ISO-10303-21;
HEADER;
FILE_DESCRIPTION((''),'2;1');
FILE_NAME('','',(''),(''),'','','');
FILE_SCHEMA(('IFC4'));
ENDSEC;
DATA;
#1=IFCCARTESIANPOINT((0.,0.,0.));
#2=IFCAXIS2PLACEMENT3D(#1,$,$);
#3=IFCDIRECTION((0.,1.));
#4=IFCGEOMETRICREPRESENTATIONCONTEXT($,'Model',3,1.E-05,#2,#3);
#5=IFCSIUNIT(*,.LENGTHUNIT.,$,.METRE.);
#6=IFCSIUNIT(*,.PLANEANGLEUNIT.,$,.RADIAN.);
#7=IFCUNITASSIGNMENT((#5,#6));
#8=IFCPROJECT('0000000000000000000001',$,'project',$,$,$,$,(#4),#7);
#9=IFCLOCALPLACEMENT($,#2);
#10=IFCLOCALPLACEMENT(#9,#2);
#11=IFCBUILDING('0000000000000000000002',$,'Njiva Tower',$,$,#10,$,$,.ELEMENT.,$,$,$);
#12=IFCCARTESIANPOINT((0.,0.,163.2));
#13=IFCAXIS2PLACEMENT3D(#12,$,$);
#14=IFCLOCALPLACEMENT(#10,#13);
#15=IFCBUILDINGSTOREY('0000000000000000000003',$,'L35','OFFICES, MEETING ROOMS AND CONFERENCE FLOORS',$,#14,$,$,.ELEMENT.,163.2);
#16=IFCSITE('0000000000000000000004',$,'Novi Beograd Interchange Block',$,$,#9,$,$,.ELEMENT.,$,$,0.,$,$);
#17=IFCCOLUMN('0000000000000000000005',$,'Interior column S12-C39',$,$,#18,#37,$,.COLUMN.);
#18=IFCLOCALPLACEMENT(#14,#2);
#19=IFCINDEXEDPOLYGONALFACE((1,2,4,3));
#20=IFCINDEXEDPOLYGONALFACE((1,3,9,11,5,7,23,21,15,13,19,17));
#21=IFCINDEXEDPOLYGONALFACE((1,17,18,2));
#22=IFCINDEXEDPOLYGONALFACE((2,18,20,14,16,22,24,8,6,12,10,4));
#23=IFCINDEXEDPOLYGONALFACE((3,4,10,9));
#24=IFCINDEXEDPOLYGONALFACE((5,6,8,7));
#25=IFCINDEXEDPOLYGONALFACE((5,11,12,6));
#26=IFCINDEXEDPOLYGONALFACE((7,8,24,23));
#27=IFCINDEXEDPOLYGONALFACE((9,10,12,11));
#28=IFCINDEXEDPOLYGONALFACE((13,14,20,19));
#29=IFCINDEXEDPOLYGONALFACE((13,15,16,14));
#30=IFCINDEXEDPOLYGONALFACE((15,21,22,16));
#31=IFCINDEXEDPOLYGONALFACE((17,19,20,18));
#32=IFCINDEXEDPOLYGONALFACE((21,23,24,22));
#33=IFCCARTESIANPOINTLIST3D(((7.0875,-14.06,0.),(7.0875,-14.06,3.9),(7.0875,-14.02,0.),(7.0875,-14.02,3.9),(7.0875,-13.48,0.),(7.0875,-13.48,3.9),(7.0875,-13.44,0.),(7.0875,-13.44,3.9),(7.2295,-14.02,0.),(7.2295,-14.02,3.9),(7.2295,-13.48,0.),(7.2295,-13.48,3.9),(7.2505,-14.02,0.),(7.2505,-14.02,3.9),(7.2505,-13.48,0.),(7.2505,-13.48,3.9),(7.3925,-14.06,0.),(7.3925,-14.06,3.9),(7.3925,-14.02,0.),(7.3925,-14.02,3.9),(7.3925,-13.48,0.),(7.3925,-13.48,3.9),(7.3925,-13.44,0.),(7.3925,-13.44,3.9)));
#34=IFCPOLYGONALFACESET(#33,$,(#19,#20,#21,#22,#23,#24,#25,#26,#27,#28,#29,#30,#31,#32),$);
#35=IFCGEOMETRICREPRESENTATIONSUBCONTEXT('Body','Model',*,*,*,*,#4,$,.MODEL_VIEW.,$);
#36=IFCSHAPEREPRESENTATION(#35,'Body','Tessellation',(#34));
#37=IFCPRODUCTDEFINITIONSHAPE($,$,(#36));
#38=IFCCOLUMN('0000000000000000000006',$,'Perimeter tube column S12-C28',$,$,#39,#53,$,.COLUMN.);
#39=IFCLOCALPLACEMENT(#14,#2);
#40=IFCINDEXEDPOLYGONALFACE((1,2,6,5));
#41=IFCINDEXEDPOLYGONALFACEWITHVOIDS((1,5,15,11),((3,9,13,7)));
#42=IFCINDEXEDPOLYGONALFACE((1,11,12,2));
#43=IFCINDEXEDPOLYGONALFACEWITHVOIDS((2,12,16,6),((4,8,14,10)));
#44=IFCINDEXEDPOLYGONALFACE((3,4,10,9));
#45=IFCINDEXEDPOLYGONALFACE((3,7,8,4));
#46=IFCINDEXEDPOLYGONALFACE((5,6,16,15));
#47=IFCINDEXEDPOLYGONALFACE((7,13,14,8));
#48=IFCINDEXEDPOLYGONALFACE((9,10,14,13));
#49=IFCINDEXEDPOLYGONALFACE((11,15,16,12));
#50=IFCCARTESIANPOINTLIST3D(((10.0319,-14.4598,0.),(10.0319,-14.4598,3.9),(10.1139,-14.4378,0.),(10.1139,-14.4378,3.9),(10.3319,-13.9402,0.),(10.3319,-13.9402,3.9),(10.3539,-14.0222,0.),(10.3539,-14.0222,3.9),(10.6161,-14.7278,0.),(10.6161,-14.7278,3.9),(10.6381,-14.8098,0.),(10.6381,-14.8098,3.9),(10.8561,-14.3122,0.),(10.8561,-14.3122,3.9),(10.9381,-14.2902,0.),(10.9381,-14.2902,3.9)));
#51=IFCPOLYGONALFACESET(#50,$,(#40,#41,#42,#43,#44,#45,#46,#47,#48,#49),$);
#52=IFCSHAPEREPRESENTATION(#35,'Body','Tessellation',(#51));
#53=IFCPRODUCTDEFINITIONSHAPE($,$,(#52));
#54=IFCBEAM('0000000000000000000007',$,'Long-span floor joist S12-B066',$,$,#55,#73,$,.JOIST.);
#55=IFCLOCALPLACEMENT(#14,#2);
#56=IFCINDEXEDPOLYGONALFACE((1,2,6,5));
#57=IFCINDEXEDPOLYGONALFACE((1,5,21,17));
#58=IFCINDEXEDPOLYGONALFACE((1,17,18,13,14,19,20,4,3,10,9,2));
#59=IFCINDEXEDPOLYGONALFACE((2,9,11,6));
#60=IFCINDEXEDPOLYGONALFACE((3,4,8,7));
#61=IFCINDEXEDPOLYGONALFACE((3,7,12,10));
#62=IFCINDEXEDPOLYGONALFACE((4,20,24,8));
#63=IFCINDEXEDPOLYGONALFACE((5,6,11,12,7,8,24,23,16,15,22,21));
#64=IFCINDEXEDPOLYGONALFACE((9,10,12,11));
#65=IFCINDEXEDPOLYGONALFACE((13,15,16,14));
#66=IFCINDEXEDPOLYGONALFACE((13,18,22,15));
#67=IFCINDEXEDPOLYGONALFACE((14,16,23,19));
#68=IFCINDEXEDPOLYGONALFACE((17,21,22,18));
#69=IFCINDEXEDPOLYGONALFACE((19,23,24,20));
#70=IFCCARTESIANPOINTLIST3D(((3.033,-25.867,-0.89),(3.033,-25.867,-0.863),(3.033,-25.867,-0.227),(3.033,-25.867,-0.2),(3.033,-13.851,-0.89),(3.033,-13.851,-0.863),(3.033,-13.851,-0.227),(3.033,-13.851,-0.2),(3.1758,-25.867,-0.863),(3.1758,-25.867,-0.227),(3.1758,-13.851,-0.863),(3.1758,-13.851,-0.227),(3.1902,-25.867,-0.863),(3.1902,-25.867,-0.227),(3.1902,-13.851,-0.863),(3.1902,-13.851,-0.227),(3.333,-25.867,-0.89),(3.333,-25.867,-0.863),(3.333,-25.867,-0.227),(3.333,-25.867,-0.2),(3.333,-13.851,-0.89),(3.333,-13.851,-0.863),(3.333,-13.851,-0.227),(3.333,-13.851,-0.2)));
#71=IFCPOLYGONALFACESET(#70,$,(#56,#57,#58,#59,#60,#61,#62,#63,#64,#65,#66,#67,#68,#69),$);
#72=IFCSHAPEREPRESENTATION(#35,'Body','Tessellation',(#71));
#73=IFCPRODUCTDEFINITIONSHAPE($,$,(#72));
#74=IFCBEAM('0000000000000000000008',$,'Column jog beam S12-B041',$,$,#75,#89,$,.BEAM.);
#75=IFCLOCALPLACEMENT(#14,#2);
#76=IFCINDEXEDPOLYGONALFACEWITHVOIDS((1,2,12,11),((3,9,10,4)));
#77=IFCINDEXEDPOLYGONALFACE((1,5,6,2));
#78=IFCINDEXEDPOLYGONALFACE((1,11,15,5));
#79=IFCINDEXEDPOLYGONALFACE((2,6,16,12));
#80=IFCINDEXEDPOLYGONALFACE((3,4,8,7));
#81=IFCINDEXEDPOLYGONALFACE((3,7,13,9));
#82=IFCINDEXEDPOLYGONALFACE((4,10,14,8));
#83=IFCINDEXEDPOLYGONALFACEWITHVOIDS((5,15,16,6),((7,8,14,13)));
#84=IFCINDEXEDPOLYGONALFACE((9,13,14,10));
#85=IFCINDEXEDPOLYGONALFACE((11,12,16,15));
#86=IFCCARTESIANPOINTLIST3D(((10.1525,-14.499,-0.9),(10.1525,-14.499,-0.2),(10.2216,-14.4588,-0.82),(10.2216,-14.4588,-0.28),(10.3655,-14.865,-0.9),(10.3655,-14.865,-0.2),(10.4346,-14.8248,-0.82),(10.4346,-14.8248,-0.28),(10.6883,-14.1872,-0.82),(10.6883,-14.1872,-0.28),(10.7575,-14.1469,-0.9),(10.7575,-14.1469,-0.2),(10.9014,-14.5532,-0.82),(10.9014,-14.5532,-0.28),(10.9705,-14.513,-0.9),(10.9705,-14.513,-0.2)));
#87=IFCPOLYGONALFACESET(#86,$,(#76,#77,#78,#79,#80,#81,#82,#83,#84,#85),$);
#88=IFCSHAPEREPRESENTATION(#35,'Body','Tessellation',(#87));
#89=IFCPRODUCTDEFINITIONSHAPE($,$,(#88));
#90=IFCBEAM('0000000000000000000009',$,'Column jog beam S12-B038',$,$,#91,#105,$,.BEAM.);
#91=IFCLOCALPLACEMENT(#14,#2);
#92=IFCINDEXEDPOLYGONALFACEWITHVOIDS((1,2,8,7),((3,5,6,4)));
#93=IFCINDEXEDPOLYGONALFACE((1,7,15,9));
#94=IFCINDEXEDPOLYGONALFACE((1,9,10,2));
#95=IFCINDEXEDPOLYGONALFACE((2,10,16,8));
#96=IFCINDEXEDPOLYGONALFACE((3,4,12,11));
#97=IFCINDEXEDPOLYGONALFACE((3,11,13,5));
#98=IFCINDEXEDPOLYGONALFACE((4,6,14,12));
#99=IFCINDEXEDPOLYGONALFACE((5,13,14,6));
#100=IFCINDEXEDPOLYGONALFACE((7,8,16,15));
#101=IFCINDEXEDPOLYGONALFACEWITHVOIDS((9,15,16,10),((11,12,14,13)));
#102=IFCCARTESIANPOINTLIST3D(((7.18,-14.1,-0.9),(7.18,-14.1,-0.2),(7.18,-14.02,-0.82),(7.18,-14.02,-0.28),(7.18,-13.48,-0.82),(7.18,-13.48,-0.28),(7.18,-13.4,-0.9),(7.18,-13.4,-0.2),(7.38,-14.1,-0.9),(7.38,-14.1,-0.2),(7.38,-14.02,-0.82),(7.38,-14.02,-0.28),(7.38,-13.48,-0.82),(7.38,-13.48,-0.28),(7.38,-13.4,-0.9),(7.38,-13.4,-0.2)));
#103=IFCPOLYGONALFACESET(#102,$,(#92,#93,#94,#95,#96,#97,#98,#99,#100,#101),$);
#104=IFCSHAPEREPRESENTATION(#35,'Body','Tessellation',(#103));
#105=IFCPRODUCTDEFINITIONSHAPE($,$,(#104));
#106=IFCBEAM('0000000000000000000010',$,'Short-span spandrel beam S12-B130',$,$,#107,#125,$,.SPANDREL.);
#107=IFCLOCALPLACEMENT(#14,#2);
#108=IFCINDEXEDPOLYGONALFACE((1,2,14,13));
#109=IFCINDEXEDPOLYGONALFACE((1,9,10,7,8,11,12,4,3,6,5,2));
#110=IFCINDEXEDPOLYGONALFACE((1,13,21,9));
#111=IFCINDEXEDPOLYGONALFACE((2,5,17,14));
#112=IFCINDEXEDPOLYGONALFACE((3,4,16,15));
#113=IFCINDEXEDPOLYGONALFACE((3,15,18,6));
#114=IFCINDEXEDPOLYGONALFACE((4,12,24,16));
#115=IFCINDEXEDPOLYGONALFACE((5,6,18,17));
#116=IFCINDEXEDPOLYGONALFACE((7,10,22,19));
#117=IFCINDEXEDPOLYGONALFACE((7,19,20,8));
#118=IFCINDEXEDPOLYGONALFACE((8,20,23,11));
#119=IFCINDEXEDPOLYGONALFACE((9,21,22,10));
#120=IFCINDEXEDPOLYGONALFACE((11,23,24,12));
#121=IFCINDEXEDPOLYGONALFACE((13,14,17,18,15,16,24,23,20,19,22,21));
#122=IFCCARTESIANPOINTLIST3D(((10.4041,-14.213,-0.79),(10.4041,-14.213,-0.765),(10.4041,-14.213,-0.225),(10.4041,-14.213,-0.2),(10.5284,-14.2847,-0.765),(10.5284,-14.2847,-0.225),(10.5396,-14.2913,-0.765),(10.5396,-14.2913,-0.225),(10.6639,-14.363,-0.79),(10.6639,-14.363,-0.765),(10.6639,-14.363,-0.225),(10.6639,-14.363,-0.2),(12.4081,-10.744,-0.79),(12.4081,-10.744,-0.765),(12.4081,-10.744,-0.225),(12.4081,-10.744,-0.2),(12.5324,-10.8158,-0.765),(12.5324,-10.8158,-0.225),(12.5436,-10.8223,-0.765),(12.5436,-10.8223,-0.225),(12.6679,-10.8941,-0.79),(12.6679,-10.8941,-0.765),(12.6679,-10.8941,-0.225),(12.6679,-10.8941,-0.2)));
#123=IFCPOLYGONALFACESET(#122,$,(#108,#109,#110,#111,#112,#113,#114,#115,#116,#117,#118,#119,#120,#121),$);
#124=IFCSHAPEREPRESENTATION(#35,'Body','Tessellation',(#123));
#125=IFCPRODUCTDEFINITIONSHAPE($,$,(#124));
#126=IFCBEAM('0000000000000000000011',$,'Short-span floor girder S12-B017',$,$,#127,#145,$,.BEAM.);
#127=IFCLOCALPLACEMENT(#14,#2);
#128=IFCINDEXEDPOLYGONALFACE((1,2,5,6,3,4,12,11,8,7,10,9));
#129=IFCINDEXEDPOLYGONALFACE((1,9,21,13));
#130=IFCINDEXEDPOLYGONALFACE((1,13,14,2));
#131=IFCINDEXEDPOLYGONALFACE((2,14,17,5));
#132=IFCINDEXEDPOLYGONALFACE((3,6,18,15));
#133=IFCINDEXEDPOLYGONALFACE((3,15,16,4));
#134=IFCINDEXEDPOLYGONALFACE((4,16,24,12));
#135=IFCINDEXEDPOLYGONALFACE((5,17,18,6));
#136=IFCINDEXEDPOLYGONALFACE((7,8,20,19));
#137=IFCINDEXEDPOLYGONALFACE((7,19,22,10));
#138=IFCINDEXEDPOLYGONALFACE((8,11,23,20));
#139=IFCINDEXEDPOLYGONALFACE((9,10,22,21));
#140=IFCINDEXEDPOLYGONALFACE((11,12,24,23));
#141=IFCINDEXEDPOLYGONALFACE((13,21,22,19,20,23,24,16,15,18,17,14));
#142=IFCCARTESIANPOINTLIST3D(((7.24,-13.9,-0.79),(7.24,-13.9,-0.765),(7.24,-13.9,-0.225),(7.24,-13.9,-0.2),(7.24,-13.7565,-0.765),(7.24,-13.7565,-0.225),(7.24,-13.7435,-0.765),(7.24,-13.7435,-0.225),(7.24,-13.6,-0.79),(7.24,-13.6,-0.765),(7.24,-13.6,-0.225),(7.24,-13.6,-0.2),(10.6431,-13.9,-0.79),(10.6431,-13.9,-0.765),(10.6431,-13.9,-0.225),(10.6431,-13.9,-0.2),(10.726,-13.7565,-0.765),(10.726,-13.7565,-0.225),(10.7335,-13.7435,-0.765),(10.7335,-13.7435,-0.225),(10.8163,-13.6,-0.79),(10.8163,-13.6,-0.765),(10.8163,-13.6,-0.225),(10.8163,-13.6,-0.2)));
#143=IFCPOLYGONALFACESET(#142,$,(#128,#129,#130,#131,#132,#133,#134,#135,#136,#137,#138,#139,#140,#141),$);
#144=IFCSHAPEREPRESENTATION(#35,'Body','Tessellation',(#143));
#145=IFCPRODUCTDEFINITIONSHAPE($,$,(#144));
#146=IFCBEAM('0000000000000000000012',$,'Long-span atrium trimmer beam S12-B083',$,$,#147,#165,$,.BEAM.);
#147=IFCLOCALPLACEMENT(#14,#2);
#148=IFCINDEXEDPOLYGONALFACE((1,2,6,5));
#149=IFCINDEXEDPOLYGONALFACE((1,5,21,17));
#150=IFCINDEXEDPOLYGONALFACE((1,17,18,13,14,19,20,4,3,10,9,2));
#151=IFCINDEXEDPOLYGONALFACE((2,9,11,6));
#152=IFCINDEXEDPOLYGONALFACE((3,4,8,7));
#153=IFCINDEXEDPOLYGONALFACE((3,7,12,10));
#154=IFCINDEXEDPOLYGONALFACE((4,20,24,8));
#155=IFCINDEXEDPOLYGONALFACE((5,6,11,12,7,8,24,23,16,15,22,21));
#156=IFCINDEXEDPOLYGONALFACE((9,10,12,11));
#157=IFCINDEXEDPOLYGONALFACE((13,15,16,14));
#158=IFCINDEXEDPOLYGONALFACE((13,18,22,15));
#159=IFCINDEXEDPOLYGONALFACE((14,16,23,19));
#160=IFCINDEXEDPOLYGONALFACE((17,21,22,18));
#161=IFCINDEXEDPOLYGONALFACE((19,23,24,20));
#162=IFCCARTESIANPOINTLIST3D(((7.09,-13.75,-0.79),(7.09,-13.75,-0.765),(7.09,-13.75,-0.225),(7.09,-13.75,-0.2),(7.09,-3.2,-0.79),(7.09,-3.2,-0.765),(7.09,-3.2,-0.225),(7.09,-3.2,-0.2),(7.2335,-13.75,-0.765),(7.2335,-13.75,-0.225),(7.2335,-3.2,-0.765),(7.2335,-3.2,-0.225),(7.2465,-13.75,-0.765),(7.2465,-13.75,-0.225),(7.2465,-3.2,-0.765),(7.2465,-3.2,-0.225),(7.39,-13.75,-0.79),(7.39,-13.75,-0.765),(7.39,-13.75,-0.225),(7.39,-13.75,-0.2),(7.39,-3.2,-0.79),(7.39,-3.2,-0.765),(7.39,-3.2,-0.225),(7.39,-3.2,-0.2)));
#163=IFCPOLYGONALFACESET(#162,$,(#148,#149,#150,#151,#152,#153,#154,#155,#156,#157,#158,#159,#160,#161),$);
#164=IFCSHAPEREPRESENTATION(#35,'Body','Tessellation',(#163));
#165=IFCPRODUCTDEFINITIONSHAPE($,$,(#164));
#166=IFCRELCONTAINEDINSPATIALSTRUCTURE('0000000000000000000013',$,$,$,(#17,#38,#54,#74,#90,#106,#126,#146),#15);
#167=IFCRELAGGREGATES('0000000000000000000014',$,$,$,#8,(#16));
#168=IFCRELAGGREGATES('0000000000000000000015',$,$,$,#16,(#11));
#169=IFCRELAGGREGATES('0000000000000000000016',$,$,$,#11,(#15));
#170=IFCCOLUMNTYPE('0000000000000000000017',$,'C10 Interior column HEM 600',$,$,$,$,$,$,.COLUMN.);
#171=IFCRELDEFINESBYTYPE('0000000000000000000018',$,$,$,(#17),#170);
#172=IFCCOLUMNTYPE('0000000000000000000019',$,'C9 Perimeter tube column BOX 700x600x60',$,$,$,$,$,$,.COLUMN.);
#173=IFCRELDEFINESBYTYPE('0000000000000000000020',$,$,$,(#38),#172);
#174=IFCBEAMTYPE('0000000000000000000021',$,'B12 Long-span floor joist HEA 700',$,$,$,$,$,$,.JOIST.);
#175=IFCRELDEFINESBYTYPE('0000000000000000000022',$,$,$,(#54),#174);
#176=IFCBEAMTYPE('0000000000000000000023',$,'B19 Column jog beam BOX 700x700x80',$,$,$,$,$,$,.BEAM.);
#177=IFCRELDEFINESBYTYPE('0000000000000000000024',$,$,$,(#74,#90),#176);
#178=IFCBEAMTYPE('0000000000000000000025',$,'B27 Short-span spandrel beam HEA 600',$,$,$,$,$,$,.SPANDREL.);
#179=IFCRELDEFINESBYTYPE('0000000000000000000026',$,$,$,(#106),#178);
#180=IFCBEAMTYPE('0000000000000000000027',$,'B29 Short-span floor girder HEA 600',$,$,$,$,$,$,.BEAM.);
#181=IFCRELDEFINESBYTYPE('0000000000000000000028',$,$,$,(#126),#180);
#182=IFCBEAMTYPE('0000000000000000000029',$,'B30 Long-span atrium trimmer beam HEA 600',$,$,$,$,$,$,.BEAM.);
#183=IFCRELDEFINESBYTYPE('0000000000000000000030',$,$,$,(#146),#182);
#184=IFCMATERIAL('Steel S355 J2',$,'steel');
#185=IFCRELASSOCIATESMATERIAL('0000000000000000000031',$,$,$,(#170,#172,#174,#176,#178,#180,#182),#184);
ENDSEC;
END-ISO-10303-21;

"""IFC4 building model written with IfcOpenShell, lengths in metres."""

from ifc_helpers import new_model, si_unit, direction, frame, origin, origin_2d, place, context, subcontext, project, spatial, hollow_rectangle, i_section, extrude, clip, halfspace, material, material_profile, profile_set, type_object, element, save


model = new_model("IFC4")

# Units and contexts
model_context = context("Model", 3, precision=1e-05, world=origin(), true_north=direction((0.0, 1.0)))
body_context = subcontext(model_context, "Body", "Model", "MODEL_VIEW")
ifc_project = project(units=[si_unit("LENGTHUNIT", "METRE"), si_unit("PLANEANGLEUNIT", "RADIAN")], contexts=[model_context])

# Site, building, storey
site_placement = place(None, origin())
site = spatial("IfcSite", under=ifc_project, at=site_placement, Name="Novi Beograd Interchange Block", CompositionType="ELEMENT", RefElevation=0.0)
building_placement = place(site_placement, origin())
building = spatial("IfcBuilding", under=site, at=building_placement, Name="Njiva Tower", CompositionType="ELEMENT")
storey_placement = place(building_placement, frame((0.0, 0.0, 163.2)))
storey = spatial("IfcBuildingStorey", under=building, at=storey_placement, Name="L35", Description="OFFICES, MEETING ROOMS AND CONFERENCE FLOORS", CompositionType="ELEMENT", Elevation=163.2)

# Columns
ifc_material_1 = material(Name="Steel S355 J2", Category="steel")
ifc_material_profile_1 = material_profile(ifc_material_1, i_section(OverallWidth=0.305, OverallDepth=0.62, WebThickness=0.021, FlangeThickness=0.04, at=origin_2d()), Name="HEM 600")
ifc_profile_set_1 = profile_set([ifc_material_profile_1], Name="Steel S355 J2")
column_type_1 = type_object("IfcColumnType", Name="C10 Interior column HEM 600", PredefinedType="COLUMN", material=ifc_profile_set_1)
column_1_placement = place(storey_placement, frame((7.24, -13.75, 0.0), z_axis=(0.0, 0.0, 1.0), x_axis=(1.0, 0.0, 0.0)))
element("IfcColumn", 1, at=column_1_placement, inside=storey, type_object=column_type_1, Name="Interior column S12-C39", PredefinedType="COLUMN", context=body_context, shape_type="SweptSolid", body=[
    extrude(i_section(OverallWidth=0.305, OverallDepth=0.62, WebThickness=0.021, FlangeThickness=0.04, at=origin_2d()), origin(), (0.0, 0.0, 1.0), 3.9),
])
ifc_material_profile_2 = material_profile(ifc_material_1, hollow_rectangle(XDim=0.6, YDim=0.7, WallThickness=0.06, at=origin_2d()), Name="BOX 700x600x60")
ifc_profile_set_2 = profile_set([ifc_material_profile_2], Name="Steel S355 J2")
column_type_2 = type_object("IfcColumnType", Name="C9 Perimeter tube column BOX 700x600x60", PredefinedType="COLUMN", material=ifc_profile_set_2)
column_2_placement = place(storey_placement, frame((10.485, -14.375, 0.0), z_axis=(0.0, 0.0, 1.0), x_axis=(0.5, 0.866025, 0.0)))
element("IfcColumn", 2, at=column_2_placement, inside=storey, type_object=column_type_2, Name="Perimeter tube column S12-C28", PredefinedType="COLUMN", context=body_context, shape_type="SweptSolid", body=[
    extrude(hollow_rectangle(XDim=0.6, YDim=0.7, WallThickness=0.06, at=origin_2d()), origin(), (0.0, 0.0, 1.0), 3.9),
])

# Beams
ifc_material_profile_3 = material_profile(ifc_material_1, i_section(OverallWidth=0.3, OverallDepth=0.69, WebThickness=0.0145, FlangeThickness=0.027, at=origin_2d()), Name="HEA 700")
ifc_profile_set_3 = profile_set([ifc_material_profile_3], Name="Steel S355 J2")
beam_type_1 = type_object("IfcBeamType", Name="B12 Long-span floor joist HEA 700", PredefinedType="JOIST", material=ifc_profile_set_3)
beam_1_placement = place(storey_placement, frame((3.183, -13.851, -0.545), z_axis=(0.0, -1.0, 0.0), x_axis=(1.0, 0.0, 0.0)))
element("IfcBeam", 3, at=beam_1_placement, inside=storey, type_object=beam_type_1, Name="Long-span floor joist S12-B066", PredefinedType="JOIST", context=body_context, shape_type="SweptSolid", body=[
    extrude(i_section(OverallWidth=0.3, OverallDepth=0.69, WebThickness=0.0145, FlangeThickness=0.027, at=origin_2d()), origin(), (0.0, 0.0, 1.0), 12.016),
])
ifc_material_profile_4 = material_profile(ifc_material_1, hollow_rectangle(XDim=0.7, YDim=0.7, WallThickness=0.08, at=origin_2d()), Name="BOX 700x700x80")
ifc_profile_set_4 = profile_set([ifc_material_profile_4], Name="Steel S355 J2")
beam_type_2 = type_object("IfcBeamType", Name="B19 Column jog beam BOX 700x700x80", PredefinedType="BEAM", material=ifc_profile_set_4)
beam_2_placement = place(storey_placement, frame((10.668, -14.689, -0.55), z_axis=(-0.50299, 0.864292, 0.0), x_axis=(-0.864292, -0.50299, 0.0)))
element("IfcBeam", 4, at=beam_2_placement, inside=storey, type_object=beam_type_2, Name="Column jog beam S12-B041", PredefinedType="BEAM", context=body_context, shape_type="SweptSolid", body=[
    extrude(hollow_rectangle(XDim=0.7, YDim=0.7, WallThickness=0.08, at=origin_2d()), origin(), (0.0, 0.0, 1.0), 0.4235),
])
beam_3_placement = place(storey_placement, frame((7.38, -13.75, -0.55), z_axis=(-1.0, 0.0, 0.0), x_axis=(0.0, -1.0, 0.0)))
element("IfcBeam", 5, at=beam_3_placement, inside=storey, type_object=beam_type_2, Name="Column jog beam S12-B038", PredefinedType="BEAM", context=body_context, shape_type="SweptSolid", body=[
    extrude(hollow_rectangle(XDim=0.7, YDim=0.7, WallThickness=0.08, at=origin_2d()), origin(), (0.0, 0.0, 1.0), 0.2),
])
ifc_material_profile_5 = material_profile(ifc_material_1, i_section(OverallWidth=0.3, OverallDepth=0.59, WebThickness=0.013, FlangeThickness=0.025, at=origin_2d()), Name="HEA 600")
ifc_profile_set_5 = profile_set([ifc_material_profile_5], Name="Steel S355 J2")
beam_type_3 = type_object("IfcBeamType", Name="B27 Short-span spandrel beam HEA 600", PredefinedType="SPANDREL", material=ifc_profile_set_5)
beam_4_placement = place(storey_placement, frame((10.534, -14.288, -0.495), z_axis=(0.500219, 0.865899, 0.0), x_axis=(-0.865899, 0.500219, 0.0)))
element("IfcBeam", 6, at=beam_4_placement, inside=storey, type_object=beam_type_3, Name="Short-span spandrel beam S12-B130", PredefinedType="SPANDREL", context=body_context, shape_type="SweptSolid", body=[
    extrude(i_section(OverallWidth=0.3, OverallDepth=0.59, WebThickness=0.013, FlangeThickness=0.025, at=origin_2d()), origin(), (0.0, 0.0, 1.0), 4.0062),
])
ifc_material_profile_6 = material_profile(ifc_material_1, i_section(OverallWidth=0.3, OverallDepth=0.59, WebThickness=0.013, FlangeThickness=0.025, at=origin_2d()), Name="HEA 600")
ifc_profile_set_6 = profile_set([ifc_material_profile_6], Name="Steel S355 J2")
beam_type_4 = type_object("IfcBeamType", Name="B29 Short-span floor girder HEA 600", PredefinedType="BEAM", material=ifc_profile_set_6)
beam_5_placement = place(storey_placement, frame((7.24, -13.75, -0.495), z_axis=(1.0, 0.0, 0.0), x_axis=(0.0, 1.0, 0.0)))
element("IfcBeam", 7, at=beam_5_placement, inside=storey, type_object=beam_type_4, Name="Short-span floor girder S12-B017", PredefinedType="BEAM", context=body_context, shape_type="Clipping", body=[
    clip(extrude(i_section(OverallWidth=0.3, OverallDepth=0.59, WebThickness=0.013, FlangeThickness=0.025, at=origin_2d()), origin(), (0.0, 0.0, 1.0), 3.597), halfspace(frame((-0.025, 0.0, 3.4753), z_axis=(-0.499998, 0.0, 0.866027), x_axis=(0.0, 1.0, 0.0)), False)),
])
ifc_material_profile_7 = material_profile(ifc_material_1, i_section(OverallWidth=0.3, OverallDepth=0.59, WebThickness=0.013, FlangeThickness=0.025, at=origin_2d()), Name="HEA 600")
ifc_profile_set_7 = profile_set([ifc_material_profile_7], Name="Steel S355 J2")
beam_type_5 = type_object("IfcBeamType", Name="B30 Long-span atrium trimmer beam HEA 600", PredefinedType="BEAM", material=ifc_profile_set_7)
beam_6_placement = place(storey_placement, frame((7.24, -13.75, -0.495), z_axis=(0.0, 1.0, 0.0), x_axis=(-1.0, 0.0, 0.0)))
element("IfcBeam", 8, at=beam_6_placement, inside=storey, type_object=beam_type_5, Name="Long-span atrium trimmer beam S12-B083", PredefinedType="BEAM", context=body_context, shape_type="SweptSolid", body=[
    extrude(i_section(OverallWidth=0.3, OverallDepth=0.59, WebThickness=0.013, FlangeThickness=0.025, at=origin_2d()), origin(), (0.0, 0.0, 1.0), 10.55),
])

save(model, "model.ifc")
